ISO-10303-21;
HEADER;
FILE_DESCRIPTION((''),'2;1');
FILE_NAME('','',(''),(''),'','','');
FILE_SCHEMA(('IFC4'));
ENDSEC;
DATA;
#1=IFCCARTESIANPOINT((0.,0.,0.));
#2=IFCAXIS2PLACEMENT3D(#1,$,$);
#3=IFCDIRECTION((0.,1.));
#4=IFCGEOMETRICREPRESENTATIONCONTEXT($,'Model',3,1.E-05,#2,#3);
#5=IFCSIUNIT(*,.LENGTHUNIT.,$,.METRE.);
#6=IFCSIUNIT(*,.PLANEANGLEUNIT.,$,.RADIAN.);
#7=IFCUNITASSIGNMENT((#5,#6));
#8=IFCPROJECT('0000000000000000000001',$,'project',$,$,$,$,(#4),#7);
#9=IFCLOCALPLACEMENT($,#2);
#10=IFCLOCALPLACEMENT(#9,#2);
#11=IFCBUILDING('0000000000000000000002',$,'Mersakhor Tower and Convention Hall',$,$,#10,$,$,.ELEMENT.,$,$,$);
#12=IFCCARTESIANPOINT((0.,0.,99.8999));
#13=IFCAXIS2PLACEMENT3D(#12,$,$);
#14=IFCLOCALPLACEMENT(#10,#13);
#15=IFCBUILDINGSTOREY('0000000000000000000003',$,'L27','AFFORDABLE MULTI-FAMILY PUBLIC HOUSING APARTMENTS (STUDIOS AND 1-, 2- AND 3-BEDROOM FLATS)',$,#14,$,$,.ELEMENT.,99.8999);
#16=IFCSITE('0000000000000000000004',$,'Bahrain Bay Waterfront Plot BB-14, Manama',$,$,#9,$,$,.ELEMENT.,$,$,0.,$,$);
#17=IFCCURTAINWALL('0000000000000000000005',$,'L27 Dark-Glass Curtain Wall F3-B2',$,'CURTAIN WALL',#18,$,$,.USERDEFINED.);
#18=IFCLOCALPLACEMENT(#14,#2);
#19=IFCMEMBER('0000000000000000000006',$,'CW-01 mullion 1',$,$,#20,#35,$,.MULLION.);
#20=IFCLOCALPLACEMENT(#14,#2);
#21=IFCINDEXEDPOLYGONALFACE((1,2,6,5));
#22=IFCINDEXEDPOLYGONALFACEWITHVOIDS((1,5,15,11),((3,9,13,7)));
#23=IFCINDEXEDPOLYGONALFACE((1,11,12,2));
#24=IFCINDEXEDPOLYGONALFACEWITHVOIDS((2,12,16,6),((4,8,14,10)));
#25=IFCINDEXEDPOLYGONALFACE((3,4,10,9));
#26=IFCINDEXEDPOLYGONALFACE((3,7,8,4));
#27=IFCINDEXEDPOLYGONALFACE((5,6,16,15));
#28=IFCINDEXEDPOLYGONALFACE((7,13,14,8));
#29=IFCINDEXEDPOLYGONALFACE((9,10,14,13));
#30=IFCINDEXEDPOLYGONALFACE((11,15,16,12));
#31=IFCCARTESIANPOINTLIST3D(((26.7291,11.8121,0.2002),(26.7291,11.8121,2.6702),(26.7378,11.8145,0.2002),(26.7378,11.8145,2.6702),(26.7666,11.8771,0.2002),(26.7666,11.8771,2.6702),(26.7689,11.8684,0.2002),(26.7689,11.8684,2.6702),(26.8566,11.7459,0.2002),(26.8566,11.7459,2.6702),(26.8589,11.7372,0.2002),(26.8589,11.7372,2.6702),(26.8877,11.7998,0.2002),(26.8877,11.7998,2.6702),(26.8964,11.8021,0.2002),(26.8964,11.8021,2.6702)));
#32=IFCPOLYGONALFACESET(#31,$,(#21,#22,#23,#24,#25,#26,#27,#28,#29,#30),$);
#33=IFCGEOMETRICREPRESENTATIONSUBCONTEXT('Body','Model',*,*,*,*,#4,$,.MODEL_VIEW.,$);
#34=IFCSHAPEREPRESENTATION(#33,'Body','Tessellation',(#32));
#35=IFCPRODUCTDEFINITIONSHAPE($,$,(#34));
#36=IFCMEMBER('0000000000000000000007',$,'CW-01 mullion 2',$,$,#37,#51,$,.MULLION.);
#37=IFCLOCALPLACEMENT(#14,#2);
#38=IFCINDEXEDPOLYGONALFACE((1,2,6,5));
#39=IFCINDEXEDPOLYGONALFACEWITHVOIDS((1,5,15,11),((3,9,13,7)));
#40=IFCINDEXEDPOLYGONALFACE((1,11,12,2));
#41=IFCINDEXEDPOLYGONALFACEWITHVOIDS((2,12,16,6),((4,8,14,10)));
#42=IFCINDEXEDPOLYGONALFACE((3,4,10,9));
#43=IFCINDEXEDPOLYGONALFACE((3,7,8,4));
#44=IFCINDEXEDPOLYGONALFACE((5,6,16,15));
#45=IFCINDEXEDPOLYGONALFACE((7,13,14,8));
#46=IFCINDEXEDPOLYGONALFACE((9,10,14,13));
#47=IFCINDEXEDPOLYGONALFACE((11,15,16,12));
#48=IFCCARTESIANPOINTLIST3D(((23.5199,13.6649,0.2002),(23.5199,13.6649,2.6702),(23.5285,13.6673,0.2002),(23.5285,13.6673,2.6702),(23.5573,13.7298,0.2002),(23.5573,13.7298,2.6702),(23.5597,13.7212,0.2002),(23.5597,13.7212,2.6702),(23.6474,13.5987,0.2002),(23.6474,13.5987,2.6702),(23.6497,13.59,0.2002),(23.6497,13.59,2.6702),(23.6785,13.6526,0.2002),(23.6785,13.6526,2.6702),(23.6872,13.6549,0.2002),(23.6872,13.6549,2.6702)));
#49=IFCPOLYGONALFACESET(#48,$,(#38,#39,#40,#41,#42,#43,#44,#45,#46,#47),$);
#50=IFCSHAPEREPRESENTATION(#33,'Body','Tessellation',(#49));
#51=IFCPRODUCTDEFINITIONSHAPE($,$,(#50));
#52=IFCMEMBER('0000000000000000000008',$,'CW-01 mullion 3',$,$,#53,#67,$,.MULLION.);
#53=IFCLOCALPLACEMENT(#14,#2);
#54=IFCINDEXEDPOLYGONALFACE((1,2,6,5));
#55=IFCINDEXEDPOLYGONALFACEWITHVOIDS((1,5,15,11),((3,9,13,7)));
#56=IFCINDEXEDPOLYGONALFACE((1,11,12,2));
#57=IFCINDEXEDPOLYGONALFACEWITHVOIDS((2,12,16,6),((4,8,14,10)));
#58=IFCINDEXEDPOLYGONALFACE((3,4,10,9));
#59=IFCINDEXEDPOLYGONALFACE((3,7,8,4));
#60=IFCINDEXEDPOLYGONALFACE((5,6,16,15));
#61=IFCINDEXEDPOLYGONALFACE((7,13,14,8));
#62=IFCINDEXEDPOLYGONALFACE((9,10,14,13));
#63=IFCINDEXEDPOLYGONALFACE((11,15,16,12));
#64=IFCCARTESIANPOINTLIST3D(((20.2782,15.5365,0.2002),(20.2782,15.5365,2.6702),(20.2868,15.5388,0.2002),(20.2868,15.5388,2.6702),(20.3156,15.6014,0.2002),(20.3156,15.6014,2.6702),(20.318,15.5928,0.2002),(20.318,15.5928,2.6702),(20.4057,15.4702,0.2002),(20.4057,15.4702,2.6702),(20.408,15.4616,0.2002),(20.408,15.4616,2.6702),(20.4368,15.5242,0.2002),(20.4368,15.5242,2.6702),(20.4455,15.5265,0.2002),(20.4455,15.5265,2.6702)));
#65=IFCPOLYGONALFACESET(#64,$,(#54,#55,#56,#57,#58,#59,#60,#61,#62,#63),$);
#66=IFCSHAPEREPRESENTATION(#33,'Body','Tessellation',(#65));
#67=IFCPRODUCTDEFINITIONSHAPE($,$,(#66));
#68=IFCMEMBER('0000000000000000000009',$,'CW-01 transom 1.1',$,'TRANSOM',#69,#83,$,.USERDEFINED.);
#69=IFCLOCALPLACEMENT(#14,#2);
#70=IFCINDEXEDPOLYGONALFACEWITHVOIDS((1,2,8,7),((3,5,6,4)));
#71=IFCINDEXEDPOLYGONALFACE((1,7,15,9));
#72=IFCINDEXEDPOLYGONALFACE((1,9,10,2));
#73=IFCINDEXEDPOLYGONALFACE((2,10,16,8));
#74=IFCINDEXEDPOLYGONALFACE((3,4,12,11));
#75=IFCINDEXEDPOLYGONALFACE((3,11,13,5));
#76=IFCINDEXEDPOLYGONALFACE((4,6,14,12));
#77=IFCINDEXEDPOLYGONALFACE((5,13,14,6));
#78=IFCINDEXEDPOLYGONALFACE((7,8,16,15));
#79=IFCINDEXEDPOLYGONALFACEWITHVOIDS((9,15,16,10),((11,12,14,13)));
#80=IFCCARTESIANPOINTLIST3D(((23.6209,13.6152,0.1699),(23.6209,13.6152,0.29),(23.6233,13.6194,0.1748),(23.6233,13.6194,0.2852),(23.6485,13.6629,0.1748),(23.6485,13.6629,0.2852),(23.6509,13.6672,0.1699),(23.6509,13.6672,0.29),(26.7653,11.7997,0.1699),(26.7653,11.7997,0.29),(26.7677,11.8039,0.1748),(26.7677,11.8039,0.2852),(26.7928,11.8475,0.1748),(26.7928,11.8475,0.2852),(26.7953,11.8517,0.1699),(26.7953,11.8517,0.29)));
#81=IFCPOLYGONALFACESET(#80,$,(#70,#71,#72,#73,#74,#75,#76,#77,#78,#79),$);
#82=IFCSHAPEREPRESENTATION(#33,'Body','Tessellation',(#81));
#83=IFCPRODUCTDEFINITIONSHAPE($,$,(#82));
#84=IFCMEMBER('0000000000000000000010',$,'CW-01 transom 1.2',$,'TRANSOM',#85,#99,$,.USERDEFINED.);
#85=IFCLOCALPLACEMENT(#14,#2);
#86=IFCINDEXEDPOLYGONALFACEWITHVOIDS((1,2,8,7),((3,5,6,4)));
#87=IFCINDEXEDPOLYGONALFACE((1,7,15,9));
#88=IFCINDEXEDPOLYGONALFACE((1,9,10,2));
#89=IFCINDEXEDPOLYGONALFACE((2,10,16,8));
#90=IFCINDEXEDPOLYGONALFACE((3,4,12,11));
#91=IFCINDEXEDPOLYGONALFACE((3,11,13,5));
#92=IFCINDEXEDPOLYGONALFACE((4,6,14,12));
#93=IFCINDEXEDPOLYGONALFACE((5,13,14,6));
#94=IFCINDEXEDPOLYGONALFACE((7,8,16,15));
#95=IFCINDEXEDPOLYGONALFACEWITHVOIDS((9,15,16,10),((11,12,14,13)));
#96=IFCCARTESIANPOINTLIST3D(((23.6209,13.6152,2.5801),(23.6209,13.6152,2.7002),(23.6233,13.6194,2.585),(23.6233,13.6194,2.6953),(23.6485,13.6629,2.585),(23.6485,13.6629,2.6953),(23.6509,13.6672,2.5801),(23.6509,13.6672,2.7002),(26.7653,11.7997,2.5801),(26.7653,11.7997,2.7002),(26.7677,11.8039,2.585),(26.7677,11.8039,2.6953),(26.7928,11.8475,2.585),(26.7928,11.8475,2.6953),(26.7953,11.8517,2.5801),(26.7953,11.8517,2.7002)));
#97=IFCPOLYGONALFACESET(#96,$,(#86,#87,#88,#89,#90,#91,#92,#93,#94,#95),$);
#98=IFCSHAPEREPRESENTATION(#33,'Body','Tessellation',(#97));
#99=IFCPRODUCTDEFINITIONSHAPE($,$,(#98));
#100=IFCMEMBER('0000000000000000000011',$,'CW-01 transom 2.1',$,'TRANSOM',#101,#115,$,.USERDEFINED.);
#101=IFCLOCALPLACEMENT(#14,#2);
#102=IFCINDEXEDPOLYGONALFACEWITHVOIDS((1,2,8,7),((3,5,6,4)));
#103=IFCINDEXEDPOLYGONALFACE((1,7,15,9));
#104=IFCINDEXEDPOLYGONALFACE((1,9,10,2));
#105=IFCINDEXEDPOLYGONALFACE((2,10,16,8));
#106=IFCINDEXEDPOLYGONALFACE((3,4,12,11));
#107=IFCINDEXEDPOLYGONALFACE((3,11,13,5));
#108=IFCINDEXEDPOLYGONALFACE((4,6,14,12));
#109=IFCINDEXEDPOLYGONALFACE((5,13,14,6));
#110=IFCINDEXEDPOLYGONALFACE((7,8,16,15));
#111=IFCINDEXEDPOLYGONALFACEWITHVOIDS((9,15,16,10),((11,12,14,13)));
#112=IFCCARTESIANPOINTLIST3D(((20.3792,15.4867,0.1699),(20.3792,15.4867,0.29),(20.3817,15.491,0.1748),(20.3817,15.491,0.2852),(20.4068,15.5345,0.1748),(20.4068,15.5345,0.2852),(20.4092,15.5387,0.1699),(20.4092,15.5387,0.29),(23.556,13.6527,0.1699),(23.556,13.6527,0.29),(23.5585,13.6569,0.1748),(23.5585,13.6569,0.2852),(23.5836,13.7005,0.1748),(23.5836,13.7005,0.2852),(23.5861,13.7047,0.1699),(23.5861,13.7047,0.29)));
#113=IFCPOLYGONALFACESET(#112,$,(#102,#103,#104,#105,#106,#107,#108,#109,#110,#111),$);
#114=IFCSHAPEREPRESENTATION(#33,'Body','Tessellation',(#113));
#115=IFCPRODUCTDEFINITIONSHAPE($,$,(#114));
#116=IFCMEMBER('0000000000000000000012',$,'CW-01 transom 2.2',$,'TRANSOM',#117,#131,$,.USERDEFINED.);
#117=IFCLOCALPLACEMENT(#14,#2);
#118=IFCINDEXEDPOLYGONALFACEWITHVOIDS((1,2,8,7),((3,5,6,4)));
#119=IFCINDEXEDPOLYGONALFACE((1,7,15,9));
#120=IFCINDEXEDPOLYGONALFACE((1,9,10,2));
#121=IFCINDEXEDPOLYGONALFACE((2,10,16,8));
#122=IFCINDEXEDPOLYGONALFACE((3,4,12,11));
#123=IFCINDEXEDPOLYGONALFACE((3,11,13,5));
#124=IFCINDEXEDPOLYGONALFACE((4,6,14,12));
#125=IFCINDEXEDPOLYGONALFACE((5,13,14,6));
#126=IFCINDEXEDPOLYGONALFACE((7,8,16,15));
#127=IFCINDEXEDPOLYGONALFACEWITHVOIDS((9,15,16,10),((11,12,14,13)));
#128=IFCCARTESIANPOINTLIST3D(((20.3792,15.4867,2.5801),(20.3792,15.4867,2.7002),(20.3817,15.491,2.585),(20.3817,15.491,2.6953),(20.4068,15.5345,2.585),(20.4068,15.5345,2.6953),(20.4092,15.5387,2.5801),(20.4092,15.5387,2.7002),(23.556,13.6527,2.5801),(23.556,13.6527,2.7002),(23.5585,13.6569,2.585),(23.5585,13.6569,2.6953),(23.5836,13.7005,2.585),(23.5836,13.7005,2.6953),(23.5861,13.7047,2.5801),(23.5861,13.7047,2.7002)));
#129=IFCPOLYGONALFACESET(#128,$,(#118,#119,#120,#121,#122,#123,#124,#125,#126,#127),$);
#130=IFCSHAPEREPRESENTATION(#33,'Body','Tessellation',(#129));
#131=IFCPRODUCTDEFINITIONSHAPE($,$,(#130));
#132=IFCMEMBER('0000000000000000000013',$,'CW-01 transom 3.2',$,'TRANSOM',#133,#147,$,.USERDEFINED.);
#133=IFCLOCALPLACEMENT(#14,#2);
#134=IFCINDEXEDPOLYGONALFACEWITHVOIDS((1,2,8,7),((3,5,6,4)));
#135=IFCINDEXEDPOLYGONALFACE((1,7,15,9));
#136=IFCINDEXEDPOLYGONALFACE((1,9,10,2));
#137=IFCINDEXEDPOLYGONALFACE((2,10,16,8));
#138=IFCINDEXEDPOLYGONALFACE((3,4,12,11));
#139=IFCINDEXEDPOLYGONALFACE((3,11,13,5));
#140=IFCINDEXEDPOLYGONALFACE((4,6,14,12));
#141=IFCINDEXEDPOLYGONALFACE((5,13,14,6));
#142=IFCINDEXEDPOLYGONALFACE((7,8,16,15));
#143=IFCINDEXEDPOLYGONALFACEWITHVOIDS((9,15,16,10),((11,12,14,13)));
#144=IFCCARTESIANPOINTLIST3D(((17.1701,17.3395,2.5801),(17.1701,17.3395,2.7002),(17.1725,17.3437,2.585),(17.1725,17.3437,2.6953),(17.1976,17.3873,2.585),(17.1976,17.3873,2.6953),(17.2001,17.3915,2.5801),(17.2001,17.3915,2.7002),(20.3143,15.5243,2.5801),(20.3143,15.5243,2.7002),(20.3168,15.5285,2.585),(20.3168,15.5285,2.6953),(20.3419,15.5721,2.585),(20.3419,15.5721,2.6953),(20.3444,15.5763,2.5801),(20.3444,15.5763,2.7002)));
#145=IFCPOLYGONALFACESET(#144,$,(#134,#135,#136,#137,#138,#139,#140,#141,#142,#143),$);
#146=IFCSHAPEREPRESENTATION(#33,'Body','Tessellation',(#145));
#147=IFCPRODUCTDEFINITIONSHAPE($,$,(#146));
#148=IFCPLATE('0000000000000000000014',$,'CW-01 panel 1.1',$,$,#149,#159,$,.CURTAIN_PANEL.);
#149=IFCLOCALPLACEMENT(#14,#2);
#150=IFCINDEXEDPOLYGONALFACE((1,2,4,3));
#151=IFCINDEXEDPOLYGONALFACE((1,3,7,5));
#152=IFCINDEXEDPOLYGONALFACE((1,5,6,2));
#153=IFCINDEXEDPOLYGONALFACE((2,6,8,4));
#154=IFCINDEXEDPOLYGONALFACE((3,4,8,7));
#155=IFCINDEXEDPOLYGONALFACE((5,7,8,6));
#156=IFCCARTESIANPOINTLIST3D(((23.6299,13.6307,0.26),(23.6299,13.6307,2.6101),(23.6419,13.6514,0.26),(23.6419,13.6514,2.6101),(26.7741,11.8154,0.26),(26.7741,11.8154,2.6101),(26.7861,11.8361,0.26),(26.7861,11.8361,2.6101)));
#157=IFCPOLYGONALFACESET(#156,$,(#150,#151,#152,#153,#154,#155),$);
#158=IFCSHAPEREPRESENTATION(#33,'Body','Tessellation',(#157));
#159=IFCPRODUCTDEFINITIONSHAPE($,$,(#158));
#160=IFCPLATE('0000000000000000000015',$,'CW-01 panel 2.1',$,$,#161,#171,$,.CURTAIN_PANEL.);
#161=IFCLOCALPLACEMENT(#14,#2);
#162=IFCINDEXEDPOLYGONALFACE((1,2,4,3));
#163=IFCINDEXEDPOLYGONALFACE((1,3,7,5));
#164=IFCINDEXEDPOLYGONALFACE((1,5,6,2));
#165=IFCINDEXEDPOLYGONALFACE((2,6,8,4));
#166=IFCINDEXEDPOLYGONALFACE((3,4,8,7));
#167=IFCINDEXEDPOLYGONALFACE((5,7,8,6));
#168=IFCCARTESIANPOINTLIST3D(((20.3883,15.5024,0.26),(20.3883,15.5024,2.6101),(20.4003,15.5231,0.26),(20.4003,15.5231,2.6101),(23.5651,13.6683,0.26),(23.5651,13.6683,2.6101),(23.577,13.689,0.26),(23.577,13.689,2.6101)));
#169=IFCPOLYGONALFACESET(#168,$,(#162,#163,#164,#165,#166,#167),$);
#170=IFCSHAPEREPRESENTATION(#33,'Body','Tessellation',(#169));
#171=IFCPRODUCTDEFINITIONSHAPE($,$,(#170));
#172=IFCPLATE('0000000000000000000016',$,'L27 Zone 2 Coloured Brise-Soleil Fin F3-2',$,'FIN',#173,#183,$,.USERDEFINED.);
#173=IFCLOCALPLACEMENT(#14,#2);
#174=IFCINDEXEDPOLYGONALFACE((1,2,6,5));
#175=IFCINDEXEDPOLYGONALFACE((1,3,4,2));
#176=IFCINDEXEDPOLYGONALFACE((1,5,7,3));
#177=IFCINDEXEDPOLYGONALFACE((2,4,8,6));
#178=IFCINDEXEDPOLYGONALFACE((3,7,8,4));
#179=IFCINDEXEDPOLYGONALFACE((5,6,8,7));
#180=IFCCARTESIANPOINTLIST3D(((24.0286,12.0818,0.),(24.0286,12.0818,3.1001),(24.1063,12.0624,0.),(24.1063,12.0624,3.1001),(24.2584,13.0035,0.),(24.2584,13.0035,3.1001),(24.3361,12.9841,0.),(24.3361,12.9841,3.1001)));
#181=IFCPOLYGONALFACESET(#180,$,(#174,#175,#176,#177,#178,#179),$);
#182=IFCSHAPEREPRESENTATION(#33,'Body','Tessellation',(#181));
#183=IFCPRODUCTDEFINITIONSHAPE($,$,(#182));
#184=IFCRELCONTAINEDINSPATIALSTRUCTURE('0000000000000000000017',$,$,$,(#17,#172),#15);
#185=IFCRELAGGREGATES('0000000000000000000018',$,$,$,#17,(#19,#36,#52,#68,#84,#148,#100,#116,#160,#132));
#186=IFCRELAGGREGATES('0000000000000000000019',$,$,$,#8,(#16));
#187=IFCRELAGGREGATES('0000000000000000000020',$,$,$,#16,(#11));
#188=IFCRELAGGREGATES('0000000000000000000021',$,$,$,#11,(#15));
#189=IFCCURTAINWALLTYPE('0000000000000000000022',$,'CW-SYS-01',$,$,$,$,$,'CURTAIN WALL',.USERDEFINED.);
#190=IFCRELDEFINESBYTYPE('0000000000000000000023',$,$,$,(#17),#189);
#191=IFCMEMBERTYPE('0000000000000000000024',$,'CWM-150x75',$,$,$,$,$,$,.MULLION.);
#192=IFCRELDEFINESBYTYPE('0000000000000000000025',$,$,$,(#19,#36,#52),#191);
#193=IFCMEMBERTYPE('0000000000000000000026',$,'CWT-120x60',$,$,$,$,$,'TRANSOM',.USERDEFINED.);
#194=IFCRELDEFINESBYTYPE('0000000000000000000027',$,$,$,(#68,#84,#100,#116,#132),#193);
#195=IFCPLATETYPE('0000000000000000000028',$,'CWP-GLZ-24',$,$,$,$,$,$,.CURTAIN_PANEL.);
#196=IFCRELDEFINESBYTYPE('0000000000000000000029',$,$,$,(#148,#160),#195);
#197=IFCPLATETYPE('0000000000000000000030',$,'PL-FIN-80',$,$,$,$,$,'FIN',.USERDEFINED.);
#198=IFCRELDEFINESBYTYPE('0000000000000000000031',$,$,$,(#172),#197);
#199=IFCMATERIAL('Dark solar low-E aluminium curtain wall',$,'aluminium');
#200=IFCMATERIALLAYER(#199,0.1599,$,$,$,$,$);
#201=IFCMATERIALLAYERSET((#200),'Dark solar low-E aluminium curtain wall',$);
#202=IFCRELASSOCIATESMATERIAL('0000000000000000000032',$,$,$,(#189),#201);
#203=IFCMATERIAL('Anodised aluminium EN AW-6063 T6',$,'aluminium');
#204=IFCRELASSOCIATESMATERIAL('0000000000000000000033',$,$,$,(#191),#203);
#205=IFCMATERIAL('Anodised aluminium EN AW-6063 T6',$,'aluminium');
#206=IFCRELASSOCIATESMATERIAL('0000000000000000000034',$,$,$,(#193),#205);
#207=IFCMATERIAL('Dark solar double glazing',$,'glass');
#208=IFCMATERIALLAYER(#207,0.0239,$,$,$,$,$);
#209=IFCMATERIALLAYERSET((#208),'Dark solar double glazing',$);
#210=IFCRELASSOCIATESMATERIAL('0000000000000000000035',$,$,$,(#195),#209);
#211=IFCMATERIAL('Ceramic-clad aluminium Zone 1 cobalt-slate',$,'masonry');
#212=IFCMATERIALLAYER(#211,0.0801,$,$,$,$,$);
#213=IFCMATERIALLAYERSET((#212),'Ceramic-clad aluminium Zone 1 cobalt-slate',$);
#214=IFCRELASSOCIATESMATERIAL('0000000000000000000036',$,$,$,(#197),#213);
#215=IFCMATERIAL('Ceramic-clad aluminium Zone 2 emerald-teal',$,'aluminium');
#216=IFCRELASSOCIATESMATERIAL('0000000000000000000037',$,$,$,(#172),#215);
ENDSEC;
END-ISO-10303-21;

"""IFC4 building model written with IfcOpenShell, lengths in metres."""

from ifc_helpers import new_model, si_unit, direction, frame, origin, origin_2d, place, context, subcontext, project, spatial, rectangle, hollow_rectangle, extrude, material, layer, layer_set, material_profile, profile_set, type_object, element, aggregate, save


model = new_model("IFC4")

# Units and contexts
model_context = context("Model", 3, precision=1e-05, world=origin(), true_north=direction((0.0, 1.0)))
body_context = subcontext(model_context, "Body", "Model", "MODEL_VIEW")
ifc_project = project(units=[si_unit("LENGTHUNIT", "METRE"), si_unit("PLANEANGLEUNIT", "RADIAN")], contexts=[model_context])

# Site, building, storey
site_placement = place(None, origin())
site = spatial("IfcSite", under=ifc_project, at=site_placement, Name="Bahrain Bay Waterfront Plot BB-14, Manama", CompositionType="ELEMENT", RefElevation=0.0)
building_placement = place(site_placement, origin())
building = spatial("IfcBuilding", under=site, at=building_placement, Name="Mersakhor Tower and Convention Hall", CompositionType="ELEMENT")
storey_placement = place(building_placement, frame((0.0, 0.0, 99.8999)))
storey = spatial("IfcBuildingStorey", under=building, at=storey_placement, Name="L27", Description="AFFORDABLE MULTI-FAMILY PUBLIC HOUSING APARTMENTS (STUDIOS AND 1-, 2- AND 3-BEDROOM FLATS)", CompositionType="ELEMENT", Elevation=99.8999)

# Curtain wall, members, plates
ifc_material_1 = material(Name="Dark solar low-E aluminium curtain wall", Category="aluminium")
ifc_layer_1 = layer(ifc_material_1, 0.1599)
ifc_layer_set_1 = layer_set([ifc_layer_1], Name="Dark solar low-E aluminium curtain wall")
curtain_wall_type = type_object("IfcCurtainWallType", Name="CW-SYS-01", ElementType="CURTAIN WALL", PredefinedType="USERDEFINED", material=ifc_layer_set_1)
curtain_wall_placement = place(storey_placement, origin())
curtain_wall = element("IfcCurtainWall", 1, at=curtain_wall_placement, inside=storey, type_object=curtain_wall_type, Name="L27 Dark-Glass Curtain Wall F3-B2", ObjectType="CURTAIN WALL", PredefinedType="USERDEFINED")
ifc_material_2 = material(Name="Anodised aluminium EN AW-6063 T6", Category="aluminium")
ifc_material_profile_1 = material_profile(ifc_material_2, hollow_rectangle(XDim=0.075, YDim=0.1499, WallThickness=0.0063, at=origin_2d()), Name="RHS 150x75x6.3")
ifc_profile_set_1 = profile_set([ifc_material_profile_1], Name="Anodised aluminium EN AW-6063 T6")
member_type_1 = type_object("IfcMemberType", Name="CWM-150x75", PredefinedType="MULLION", material=ifc_profile_set_1)
member_1_placement = place(storey_placement, frame((26.8127, 11.8071, 0.2002), z_axis=(0.0, 0.0, 1.0), x_axis=(-0.499998, -0.866027, 0.0)))
member_1 = element("IfcMember", 2, at=member_1_placement, type_object=member_type_1, Name="CW-01 mullion 1", PredefinedType="MULLION", context=body_context, shape_type="SweptSolid", body=[
    extrude(hollow_rectangle(XDim=0.075, YDim=0.1499, WallThickness=0.0063, at=origin_2d()), origin(), (0.0, 0.0, 1.0), 2.47),
])
member_2_placement = place(storey_placement, frame((23.6035, 13.6599, 0.2002), z_axis=(0.0, 0.0, 1.0), x_axis=(-0.499998, -0.866027, 0.0)))
member_2 = element("IfcMember", 3, at=member_2_placement, type_object=member_type_1, Name="CW-01 mullion 2", PredefinedType="MULLION", context=body_context, shape_type="SweptSolid", body=[
    extrude(hollow_rectangle(XDim=0.075, YDim=0.1499, WallThickness=0.0063, at=origin_2d()), origin(), (0.0, 0.0, 1.0), 2.47),
])
member_3_placement = place(storey_placement, frame((20.3618, 15.5315, 0.2002), z_axis=(0.0, 0.0, 1.0), x_axis=(-0.499998, -0.866027, 0.0)))
member_3 = element("IfcMember", 4, at=member_3_placement, type_object=member_type_1, Name="CW-01 mullion 3", PredefinedType="MULLION", context=body_context, shape_type="SweptSolid", body=[
    extrude(hollow_rectangle(XDim=0.075, YDim=0.1499, WallThickness=0.0063, at=origin_2d()), origin(), (0.0, 0.0, 1.0), 2.47),
])
ifc_material_3 = material(Name="Anodised aluminium EN AW-6063 T6", Category="aluminium")
ifc_material_profile_2 = material_profile(ifc_material_3, hollow_rectangle(XDim=0.0601, YDim=0.1201, WallThickness=0.0049, at=origin_2d()), Name="RHS 120x60x5")
ifc_profile_set_2 = profile_set([ifc_material_profile_2], Name="Anodised aluminium EN AW-6063 T6")
member_type_2 = type_object("IfcMemberType", Name="CWT-120x60", ElementType="TRANSOM", PredefinedType="USERDEFINED", material=ifc_profile_set_2)
member_4_placement = place(storey_placement, frame((26.7803, 11.8257, 0.23), z_axis=(-0.866016, 0.500015, 0.0), x_axis=(-0.500015, -0.866016, 0.0)))
member_4 = element("IfcMember", 5, at=member_4_placement, type_object=member_type_2, Name="CW-01 transom 1.1", ObjectType="TRANSOM", PredefinedType="USERDEFINED", context=body_context, shape_type="SweptSolid", body=[
    extrude(hollow_rectangle(XDim=0.0601, YDim=0.1201, WallThickness=0.0049, at=origin_2d()), origin(), (0.0, 0.0, 1.0), 3.6309),
])
member_5_placement = place(storey_placement, frame((26.7803, 11.8257, 2.6401), z_axis=(-0.866016, 0.500015, 0.0), x_axis=(-0.500015, -0.866016, 0.0)))
member_5 = element("IfcMember", 6, at=member_5_placement, type_object=member_type_2, Name="CW-01 transom 1.2", ObjectType="TRANSOM", PredefinedType="USERDEFINED", context=body_context, shape_type="SweptSolid", body=[
    extrude(hollow_rectangle(XDim=0.0601, YDim=0.1201, WallThickness=0.0049, at=origin_2d()), origin(), (0.0, 0.0, 1.0), 3.6309),
])
member_6_placement = place(storey_placement, frame((23.571, 13.6787, 0.23), z_axis=(-0.866039, 0.499976, 0.0), x_axis=(-0.499976, -0.866039, 0.0)))
member_6 = element("IfcMember", 7, at=member_6_placement, type_object=member_type_2, Name="CW-01 transom 2.1", ObjectType="TRANSOM", PredefinedType="USERDEFINED", context=body_context, shape_type="SweptSolid", body=[
    extrude(hollow_rectangle(XDim=0.0601, YDim=0.1201, WallThickness=0.0049, at=origin_2d()), origin(), (0.0, 0.0, 1.0), 3.6682),
])
member_7_placement = place(storey_placement, frame((23.571, 13.6787, 2.6401), z_axis=(-0.866039, 0.499976, 0.0), x_axis=(-0.499976, -0.866039, 0.0)))
member_7 = element("IfcMember", 8, at=member_7_placement, type_object=member_type_2, Name="CW-01 transom 2.2", ObjectType="TRANSOM", PredefinedType="USERDEFINED", context=body_context, shape_type="SweptSolid", body=[
    extrude(hollow_rectangle(XDim=0.0601, YDim=0.1201, WallThickness=0.0049, at=origin_2d()), origin(), (0.0, 0.0, 1.0), 3.6682),
])
member_8_placement = place(storey_placement, frame((20.3293, 15.5503, 2.6401), z_axis=(-0.866046, 0.499965, 0.0), x_axis=(-0.499965, -0.866046, 0.0)))
member_8 = element("IfcMember", 9, at=member_8_placement, type_object=member_type_2, Name="CW-01 transom 3.2", ObjectType="TRANSOM", PredefinedType="USERDEFINED", context=body_context, shape_type="SweptSolid", body=[
    extrude(hollow_rectangle(XDim=0.0601, YDim=0.1201, WallThickness=0.0049, at=origin_2d()), origin(), (0.0, 0.0, 1.0), 3.6306),
])
ifc_material_4 = material(Name="Dark solar double glazing", Category="glass")
ifc_layer_2 = layer(ifc_material_4, 0.0239)
ifc_layer_set_2 = layer_set([ifc_layer_2], Name="Dark solar double glazing")
plate_type_1 = type_object("IfcPlateType", Name="CWP-GLZ-24", PredefinedType="CURTAIN_PANEL", material=ifc_layer_set_2)
plate_1_placement = place(storey_placement, frame((25.208, 12.7334, 0.26), z_axis=(0.0, 0.0, 1.0), x_axis=(-0.866027, 0.499998, 0.0)))
plate_1 = element("IfcPlate", 10, at=plate_1_placement, type_object=plate_type_1, Name="CW-01 panel 1.1", PredefinedType="CURTAIN_PANEL", context=body_context, shape_type="SweptSolid", body=[
    extrude(rectangle(XDim=3.6306, YDim=0.0239, at=origin_2d()), origin(), (0.0, 0.0, 1.0), 2.3501),
])
plate_2_placement = place(storey_placement, frame((21.9827, 14.5957, 0.26), z_axis=(0.0, 0.0, 1.0), x_axis=(-0.866027, 0.499998, 0.0)))
plate_2 = element("IfcPlate", 11, at=plate_2_placement, type_object=plate_type_1, Name="CW-01 panel 2.1", PredefinedType="CURTAIN_PANEL", context=body_context, shape_type="SweptSolid", body=[
    extrude(rectangle(XDim=3.6682, YDim=0.0239, at=origin_2d()), origin(), (0.0, 0.0, 1.0), 2.3501),
])
aggregate(curtain_wall, [member_1, member_2, member_3, member_4, member_5, plate_1, member_6, member_7, plate_2, member_8])

# Plate
ifc_material_5 = material(Name="Ceramic-clad aluminium Zone 2 emerald-teal", Category="aluminium")
ifc_material_6 = material(Name="Ceramic-clad aluminium Zone 1 cobalt-slate", Category="masonry")
ifc_layer_3 = layer(ifc_material_6, 0.0801)
ifc_layer_set_3 = layer_set([ifc_layer_3], Name="Ceramic-clad aluminium Zone 1 cobalt-slate")
plate_type_2 = type_object("IfcPlateType", Name="PL-FIN-80", ElementType="FIN", PredefinedType="USERDEFINED", material=ifc_layer_set_3)
plate_3_placement = place(storey_placement, frame((24.1824, 12.533, 0.0), z_axis=(0.0, 0.0, 1.0), x_axis=(-0.241922, -0.970296, 0.0)))
element("IfcPlate", 12, at=plate_3_placement, inside=storey, type_object=plate_type_2, material=ifc_material_5, Name="L27 Zone 2 Coloured Brise-Soleil Fin F3-2", ObjectType="FIN", PredefinedType="USERDEFINED", context=body_context, shape_type="SweptSolid", body=[
    extrude(rectangle(XDim=0.95, YDim=0.0801, at=origin_2d()), origin(), (0.0, 0.0, 1.0), 3.1001),
])

save(model, "model.ifc")
